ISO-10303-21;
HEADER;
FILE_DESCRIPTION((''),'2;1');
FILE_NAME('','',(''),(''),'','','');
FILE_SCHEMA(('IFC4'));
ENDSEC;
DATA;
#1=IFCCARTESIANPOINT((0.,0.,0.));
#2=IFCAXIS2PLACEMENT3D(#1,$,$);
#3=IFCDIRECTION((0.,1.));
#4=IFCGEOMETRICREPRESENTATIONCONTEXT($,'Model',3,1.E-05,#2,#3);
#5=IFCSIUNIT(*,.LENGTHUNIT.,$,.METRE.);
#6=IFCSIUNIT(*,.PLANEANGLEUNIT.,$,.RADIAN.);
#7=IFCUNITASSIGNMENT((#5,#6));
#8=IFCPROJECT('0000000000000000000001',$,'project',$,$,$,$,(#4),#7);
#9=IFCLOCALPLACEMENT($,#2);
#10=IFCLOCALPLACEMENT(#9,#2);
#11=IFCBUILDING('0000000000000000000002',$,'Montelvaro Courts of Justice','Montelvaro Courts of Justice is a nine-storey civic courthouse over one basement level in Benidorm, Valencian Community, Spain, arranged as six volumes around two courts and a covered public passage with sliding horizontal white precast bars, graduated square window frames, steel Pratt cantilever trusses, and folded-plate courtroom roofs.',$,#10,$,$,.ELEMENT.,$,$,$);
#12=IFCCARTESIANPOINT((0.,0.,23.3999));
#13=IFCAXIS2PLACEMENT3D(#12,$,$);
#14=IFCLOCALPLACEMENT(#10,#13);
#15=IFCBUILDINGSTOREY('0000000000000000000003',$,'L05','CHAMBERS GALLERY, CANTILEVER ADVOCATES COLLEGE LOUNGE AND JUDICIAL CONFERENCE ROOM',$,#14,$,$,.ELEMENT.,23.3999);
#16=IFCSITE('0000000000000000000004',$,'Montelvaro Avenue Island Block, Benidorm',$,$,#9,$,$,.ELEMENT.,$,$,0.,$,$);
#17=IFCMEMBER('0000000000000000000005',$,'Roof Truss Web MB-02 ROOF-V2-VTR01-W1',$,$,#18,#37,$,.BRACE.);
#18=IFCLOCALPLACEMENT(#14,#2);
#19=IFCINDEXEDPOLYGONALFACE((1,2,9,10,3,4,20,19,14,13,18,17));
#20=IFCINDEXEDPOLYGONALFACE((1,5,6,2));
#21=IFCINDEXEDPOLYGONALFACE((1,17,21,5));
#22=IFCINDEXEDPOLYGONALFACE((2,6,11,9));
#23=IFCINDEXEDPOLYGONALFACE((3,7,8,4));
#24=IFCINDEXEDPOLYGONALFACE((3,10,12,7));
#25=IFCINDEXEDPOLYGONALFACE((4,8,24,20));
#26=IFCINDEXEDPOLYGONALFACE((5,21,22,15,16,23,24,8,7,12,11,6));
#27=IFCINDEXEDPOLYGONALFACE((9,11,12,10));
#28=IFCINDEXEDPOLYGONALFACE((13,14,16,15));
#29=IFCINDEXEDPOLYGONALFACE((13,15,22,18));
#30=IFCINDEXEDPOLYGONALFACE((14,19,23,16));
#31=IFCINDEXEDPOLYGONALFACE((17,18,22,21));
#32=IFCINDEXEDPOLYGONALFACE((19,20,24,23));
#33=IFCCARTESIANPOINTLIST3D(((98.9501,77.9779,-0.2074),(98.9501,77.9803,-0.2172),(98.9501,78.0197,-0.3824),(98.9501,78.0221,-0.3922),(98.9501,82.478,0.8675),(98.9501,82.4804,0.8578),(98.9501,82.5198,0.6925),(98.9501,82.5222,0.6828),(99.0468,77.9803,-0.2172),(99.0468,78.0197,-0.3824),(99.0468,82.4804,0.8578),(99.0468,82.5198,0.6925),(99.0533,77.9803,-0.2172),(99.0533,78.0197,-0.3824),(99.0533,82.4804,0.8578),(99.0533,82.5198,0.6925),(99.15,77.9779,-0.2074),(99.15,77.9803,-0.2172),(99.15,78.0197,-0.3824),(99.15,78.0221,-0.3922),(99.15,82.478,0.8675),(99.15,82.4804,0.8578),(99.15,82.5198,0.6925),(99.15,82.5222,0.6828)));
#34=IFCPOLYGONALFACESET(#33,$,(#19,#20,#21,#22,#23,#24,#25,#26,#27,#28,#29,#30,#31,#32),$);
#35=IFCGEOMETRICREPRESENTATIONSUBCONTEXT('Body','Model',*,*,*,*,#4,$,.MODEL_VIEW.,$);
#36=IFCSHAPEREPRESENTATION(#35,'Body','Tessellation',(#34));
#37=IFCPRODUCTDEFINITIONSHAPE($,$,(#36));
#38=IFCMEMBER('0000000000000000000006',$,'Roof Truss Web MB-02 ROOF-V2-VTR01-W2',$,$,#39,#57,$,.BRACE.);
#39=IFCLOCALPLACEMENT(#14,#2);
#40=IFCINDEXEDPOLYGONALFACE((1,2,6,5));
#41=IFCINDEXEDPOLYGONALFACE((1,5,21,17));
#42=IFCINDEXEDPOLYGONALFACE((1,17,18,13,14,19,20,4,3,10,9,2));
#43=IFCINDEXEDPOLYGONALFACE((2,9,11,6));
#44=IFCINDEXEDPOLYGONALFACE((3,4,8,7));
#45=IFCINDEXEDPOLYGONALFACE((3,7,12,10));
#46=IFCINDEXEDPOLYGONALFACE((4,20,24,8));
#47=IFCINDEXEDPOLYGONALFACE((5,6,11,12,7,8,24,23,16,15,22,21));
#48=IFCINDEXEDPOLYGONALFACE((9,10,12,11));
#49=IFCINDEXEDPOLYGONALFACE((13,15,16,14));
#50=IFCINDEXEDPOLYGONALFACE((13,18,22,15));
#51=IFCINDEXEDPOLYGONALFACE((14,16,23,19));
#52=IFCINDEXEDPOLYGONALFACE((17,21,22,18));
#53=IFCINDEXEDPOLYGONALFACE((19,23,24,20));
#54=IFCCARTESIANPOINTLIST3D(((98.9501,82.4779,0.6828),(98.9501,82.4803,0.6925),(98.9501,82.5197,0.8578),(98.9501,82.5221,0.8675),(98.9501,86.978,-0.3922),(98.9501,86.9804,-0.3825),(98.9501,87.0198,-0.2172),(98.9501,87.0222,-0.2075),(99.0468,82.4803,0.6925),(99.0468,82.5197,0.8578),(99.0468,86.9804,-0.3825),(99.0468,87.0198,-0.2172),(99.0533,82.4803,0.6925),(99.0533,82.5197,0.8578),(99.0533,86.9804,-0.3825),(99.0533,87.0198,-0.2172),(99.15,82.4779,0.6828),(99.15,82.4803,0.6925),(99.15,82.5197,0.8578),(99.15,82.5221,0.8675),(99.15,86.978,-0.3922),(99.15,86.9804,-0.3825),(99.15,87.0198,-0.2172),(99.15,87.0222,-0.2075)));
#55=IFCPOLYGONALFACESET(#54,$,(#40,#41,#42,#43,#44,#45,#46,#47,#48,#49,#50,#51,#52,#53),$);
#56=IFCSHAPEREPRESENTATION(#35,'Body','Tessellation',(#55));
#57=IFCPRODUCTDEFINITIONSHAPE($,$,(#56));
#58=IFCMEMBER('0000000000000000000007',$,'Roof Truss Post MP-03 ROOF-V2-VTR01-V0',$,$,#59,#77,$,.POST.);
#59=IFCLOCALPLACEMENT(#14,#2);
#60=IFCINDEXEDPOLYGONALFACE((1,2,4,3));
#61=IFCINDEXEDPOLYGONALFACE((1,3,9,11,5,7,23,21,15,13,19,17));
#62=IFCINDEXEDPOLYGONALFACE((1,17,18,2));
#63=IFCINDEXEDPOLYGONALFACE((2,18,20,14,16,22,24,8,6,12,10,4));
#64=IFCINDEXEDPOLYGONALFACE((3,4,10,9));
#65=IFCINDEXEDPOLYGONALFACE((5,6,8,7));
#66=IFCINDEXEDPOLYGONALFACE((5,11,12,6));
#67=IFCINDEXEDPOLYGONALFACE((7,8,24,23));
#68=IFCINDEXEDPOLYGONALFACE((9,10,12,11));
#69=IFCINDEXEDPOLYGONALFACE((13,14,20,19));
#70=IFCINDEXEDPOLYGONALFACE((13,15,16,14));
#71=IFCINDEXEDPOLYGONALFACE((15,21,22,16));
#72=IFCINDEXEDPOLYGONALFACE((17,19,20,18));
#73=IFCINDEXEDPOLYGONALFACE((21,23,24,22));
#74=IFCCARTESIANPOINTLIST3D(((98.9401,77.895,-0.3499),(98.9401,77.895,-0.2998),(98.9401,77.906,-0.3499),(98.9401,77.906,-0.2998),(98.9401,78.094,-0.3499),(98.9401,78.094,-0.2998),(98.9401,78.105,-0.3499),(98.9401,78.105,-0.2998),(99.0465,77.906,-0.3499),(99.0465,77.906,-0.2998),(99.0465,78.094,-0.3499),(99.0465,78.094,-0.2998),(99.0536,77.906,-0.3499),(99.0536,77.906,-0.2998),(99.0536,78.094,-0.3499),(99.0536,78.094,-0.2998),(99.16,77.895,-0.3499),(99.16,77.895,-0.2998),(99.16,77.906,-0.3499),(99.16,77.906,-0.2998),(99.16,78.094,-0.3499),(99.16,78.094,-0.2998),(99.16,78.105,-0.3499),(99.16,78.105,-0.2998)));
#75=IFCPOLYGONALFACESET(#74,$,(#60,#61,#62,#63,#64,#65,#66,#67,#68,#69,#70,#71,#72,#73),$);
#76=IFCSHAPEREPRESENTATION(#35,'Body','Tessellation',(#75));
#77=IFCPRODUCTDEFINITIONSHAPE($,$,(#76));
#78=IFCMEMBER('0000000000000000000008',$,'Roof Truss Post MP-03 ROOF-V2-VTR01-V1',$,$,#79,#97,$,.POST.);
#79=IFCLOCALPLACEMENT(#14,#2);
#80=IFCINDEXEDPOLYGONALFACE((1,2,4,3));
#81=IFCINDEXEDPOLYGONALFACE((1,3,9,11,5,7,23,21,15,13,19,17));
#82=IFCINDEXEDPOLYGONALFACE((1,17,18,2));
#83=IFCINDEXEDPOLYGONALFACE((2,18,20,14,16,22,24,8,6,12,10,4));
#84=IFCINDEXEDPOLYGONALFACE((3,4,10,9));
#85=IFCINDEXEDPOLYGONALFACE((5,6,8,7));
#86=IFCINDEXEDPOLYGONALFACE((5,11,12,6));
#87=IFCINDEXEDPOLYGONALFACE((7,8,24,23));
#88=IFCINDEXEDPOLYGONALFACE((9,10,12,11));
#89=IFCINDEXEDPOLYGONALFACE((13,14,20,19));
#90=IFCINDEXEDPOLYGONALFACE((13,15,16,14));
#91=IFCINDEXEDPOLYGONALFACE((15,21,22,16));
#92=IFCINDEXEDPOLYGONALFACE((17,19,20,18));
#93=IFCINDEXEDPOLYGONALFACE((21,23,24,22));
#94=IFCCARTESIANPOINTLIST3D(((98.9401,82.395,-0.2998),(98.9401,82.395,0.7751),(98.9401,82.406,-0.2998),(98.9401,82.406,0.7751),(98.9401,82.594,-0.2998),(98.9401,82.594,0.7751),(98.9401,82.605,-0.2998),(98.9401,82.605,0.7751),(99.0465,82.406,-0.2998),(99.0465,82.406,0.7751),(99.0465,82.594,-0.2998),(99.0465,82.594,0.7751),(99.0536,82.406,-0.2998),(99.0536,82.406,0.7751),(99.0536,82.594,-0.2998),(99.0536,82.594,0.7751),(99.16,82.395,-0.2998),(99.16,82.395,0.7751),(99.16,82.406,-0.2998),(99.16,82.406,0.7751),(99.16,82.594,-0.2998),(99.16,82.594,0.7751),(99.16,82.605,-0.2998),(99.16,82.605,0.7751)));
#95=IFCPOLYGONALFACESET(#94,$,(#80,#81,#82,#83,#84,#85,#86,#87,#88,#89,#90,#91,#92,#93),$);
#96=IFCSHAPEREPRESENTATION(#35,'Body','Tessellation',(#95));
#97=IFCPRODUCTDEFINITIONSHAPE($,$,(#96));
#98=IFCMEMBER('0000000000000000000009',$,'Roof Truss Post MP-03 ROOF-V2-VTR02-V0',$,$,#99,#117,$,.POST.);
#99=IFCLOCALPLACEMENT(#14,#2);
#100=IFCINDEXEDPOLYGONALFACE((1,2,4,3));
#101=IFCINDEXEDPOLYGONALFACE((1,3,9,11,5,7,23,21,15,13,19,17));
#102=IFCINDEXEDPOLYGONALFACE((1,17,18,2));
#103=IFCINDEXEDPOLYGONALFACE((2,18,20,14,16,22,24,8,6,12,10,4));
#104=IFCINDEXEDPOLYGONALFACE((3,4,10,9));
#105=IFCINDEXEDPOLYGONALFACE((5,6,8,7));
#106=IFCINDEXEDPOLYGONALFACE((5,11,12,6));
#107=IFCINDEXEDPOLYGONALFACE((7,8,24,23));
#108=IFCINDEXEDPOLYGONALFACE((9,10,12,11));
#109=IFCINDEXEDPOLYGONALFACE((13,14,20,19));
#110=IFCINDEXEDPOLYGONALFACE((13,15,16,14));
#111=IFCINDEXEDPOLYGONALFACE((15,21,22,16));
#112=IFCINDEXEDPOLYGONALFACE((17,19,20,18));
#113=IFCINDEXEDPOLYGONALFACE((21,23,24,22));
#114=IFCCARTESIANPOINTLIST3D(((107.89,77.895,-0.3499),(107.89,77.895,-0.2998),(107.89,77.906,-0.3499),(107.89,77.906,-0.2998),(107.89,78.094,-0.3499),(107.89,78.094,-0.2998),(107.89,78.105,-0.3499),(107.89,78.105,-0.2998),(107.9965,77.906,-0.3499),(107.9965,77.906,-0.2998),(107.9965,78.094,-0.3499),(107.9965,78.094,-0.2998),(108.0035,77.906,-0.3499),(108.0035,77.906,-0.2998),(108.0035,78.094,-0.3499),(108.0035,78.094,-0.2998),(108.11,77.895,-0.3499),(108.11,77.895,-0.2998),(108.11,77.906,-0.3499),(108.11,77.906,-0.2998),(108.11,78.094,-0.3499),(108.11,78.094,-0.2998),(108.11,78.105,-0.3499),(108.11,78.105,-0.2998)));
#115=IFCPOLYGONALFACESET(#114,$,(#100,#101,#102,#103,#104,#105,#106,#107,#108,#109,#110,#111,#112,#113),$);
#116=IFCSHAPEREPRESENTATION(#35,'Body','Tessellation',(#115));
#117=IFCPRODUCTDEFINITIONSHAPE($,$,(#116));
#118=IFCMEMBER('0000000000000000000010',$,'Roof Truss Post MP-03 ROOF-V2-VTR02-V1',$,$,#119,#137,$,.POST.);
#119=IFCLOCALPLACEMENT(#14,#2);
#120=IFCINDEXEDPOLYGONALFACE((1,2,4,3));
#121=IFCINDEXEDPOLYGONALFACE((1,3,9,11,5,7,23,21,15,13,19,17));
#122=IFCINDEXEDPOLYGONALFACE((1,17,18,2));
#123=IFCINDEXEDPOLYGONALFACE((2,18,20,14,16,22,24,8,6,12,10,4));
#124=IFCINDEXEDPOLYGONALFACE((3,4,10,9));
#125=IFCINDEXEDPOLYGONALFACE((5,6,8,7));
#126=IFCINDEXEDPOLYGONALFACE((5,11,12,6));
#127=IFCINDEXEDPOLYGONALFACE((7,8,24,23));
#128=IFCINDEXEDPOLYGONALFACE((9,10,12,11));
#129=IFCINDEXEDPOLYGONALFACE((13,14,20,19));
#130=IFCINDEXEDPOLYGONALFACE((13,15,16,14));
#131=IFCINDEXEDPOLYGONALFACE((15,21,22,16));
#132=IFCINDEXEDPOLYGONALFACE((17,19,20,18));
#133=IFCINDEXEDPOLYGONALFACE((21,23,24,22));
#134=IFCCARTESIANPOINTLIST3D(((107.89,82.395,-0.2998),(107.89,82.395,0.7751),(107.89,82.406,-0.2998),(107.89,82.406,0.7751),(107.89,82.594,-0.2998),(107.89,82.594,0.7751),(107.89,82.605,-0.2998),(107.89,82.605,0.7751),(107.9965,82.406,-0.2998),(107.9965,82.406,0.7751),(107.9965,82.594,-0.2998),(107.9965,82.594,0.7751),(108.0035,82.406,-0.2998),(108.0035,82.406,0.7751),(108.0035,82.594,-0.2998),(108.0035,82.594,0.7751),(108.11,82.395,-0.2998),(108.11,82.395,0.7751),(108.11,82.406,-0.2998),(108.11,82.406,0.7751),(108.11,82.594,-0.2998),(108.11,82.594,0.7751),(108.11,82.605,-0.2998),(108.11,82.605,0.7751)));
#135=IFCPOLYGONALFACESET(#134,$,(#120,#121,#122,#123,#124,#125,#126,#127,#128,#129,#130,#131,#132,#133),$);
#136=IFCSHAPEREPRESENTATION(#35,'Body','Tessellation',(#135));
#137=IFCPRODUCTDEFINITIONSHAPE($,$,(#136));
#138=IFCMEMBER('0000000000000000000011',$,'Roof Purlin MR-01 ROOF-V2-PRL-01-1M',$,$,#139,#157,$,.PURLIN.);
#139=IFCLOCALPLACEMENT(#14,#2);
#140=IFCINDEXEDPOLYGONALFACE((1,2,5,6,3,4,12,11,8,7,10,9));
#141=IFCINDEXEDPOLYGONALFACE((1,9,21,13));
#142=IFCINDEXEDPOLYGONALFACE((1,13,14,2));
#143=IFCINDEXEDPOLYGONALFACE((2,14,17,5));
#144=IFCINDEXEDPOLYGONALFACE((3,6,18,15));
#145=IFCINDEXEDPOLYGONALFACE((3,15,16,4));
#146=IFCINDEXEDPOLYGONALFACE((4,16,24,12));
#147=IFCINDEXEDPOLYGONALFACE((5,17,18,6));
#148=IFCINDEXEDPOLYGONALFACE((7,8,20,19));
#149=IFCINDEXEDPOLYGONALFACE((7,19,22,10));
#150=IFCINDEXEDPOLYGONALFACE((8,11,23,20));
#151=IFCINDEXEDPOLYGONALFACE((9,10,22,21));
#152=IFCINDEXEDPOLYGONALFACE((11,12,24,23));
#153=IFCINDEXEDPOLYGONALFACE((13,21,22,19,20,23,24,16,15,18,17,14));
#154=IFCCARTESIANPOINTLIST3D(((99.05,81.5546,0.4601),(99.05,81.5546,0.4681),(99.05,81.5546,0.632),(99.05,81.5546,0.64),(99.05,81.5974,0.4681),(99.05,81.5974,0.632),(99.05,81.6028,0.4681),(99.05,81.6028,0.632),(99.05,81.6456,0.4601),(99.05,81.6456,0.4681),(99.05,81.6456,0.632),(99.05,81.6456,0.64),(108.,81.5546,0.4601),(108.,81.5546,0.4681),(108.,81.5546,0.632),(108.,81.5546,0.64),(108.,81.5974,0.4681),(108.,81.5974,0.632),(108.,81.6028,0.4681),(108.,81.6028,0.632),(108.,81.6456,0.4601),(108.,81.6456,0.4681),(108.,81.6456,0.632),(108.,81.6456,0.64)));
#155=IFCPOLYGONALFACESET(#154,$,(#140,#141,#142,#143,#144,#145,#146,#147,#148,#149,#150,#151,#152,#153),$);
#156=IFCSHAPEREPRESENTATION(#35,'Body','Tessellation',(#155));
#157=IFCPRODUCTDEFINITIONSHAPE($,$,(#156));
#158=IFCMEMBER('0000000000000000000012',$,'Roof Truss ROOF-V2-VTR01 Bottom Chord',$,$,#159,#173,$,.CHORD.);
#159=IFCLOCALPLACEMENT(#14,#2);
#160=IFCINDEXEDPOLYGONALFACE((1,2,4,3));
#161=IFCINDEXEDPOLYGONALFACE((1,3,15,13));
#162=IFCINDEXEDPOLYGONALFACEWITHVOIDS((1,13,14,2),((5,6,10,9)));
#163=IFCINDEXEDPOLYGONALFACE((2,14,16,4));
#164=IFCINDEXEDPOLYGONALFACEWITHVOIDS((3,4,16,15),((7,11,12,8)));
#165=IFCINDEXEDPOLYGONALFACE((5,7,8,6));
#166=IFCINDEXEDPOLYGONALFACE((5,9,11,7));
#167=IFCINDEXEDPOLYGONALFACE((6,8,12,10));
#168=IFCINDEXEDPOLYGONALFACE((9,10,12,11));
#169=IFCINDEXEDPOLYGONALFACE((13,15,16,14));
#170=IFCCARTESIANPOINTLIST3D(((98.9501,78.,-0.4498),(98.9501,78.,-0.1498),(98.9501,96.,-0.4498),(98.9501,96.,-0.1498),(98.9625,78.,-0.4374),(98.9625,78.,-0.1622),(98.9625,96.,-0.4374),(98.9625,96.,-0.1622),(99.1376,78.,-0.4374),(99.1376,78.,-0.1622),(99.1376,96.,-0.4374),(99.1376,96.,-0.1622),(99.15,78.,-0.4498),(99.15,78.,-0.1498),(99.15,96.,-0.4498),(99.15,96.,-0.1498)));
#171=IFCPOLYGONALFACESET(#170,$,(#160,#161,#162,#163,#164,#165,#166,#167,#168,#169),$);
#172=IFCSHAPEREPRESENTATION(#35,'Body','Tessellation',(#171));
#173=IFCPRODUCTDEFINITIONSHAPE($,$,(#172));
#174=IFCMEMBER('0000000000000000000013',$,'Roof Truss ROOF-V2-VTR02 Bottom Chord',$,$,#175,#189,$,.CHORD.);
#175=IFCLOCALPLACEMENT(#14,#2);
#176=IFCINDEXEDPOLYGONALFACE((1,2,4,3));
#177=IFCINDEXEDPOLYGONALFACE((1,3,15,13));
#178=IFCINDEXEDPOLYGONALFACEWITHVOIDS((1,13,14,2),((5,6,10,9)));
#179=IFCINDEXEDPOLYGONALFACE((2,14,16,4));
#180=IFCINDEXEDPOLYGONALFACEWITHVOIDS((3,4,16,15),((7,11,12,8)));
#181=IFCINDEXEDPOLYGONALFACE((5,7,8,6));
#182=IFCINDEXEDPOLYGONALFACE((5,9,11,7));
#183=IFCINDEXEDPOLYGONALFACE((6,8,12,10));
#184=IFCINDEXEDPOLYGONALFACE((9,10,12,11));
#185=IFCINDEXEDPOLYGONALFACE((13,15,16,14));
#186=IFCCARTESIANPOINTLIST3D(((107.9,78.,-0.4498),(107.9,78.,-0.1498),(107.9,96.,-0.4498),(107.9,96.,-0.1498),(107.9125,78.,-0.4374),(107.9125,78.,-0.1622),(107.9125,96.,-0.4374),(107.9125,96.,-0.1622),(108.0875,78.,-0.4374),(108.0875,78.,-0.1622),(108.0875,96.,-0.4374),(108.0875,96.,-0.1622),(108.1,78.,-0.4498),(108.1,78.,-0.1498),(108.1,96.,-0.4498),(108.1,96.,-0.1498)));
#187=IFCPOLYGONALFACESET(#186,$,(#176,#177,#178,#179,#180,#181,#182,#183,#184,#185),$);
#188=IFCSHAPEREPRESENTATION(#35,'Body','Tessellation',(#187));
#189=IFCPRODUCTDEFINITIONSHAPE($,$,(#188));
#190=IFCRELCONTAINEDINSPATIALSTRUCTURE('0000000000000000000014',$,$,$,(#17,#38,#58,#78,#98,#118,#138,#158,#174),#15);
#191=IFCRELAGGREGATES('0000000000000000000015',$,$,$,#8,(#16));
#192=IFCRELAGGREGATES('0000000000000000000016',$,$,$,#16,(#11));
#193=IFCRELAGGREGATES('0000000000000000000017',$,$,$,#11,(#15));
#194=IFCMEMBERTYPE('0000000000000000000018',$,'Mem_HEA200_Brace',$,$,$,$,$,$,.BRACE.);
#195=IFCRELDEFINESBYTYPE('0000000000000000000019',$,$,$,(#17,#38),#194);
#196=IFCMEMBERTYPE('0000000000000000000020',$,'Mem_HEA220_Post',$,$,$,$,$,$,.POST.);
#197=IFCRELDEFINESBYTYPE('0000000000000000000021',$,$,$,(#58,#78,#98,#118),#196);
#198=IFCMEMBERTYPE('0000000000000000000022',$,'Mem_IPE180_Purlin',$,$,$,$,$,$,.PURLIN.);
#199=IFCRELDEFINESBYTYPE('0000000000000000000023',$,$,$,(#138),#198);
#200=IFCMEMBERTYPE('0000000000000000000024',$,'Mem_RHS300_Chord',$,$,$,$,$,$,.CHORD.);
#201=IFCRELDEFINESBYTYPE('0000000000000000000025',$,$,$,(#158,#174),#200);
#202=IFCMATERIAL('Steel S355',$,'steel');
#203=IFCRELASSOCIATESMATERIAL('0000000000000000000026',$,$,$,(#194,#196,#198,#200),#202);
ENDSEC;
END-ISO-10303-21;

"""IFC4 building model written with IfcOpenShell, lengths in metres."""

from ifc_helpers import new_model, si_unit, direction, frame, origin, origin_2d, place, context, subcontext, project, spatial, hollow_rectangle, i_section, extrude, material, material_profile, profile_set, type_object, element, save


model = new_model("IFC4")

# Units and contexts
model_context = context("Model", 3, precision=1e-05, world=origin(), true_north=direction((0.0, 1.0)))
body_context = subcontext(model_context, "Body", "Model", "MODEL_VIEW")
ifc_project = project(units=[si_unit("LENGTHUNIT", "METRE"), si_unit("PLANEANGLEUNIT", "RADIAN")], contexts=[model_context])

# Site, building, storey
site_placement = place(None, origin())
site = spatial("IfcSite", under=ifc_project, at=site_placement, Name="Montelvaro Avenue Island Block, Benidorm", CompositionType="ELEMENT", RefElevation=0.0)
building_placement = place(site_placement, origin())
building = spatial("IfcBuilding", under=site, at=building_placement, Name="Montelvaro Courts of Justice", Description="Montelvaro Courts of Justice is a nine-storey civic courthouse over one basement level in Benidorm, Valencian Community, Spain, arranged as six volumes around two courts and a covered public passage with sliding horizontal white precast bars, graduated square window frames, steel Pratt cantilever trusses, and folded-plate courtroom roofs.", CompositionType="ELEMENT")
storey_placement = place(building_placement, frame((0.0, 0.0, 23.3999)))
storey = spatial("IfcBuildingStorey", under=building, at=storey_placement, Name="L05", Description="CHAMBERS GALLERY, CANTILEVER ADVOCATES COLLEGE LOUNGE AND JUDICIAL CONFERENCE ROOM", CompositionType="ELEMENT", Elevation=23.3999)

# Members
ifc_material_1 = material(Name="Steel S355", Category="steel")
ifc_material_profile_1 = material_profile(ifc_material_1, i_section(OverallWidth=0.2, OverallDepth=0.1899, WebThickness=0.0066, FlangeThickness=0.01, at=origin_2d()), Name="HEA 200")
ifc_profile_set_1 = profile_set([ifc_material_profile_1], Name="Steel S355")
member_type_1 = type_object("IfcMemberType", Name="Mem_HEA200_Brace", PredefinedType="BRACE", material=ifc_profile_set_1)
for number, where, z_axis, x_axis, name in (
    (1, (99.05, 78.0, -0.2998), (0.0, 0.972634, 0.232341), (-1.0, 0.0, 0.0), "Roof Truss Web MB-02 ROOF-V2-VTR01-W1"),
    (2, (99.05, 82.5, 0.7751), (0.0, 0.972634, -0.232341), (-1.0, 0.0, 0.0), "Roof Truss Web MB-02 ROOF-V2-VTR01-W2"),
):
    element("IfcMember", number, at=place(storey_placement, frame(where, z_axis=z_axis, x_axis=x_axis)), inside=storey, type_object=member_type_1, Name=name, PredefinedType="BRACE", context=body_context, shape_type="SweptSolid", body=[
        extrude(i_section(OverallWidth=0.2, OverallDepth=0.1899, WebThickness=0.0066, FlangeThickness=0.01, at=origin_2d()), origin(), (0.0, 0.0, 1.0), 4.6267),
    ])
ifc_material_profile_2 = material_profile(ifc_material_1, i_section(OverallWidth=0.22, OverallDepth=0.21, WebThickness=0.0071, FlangeThickness=0.011, at=origin_2d()), Name="HEA 220")
ifc_profile_set_2 = profile_set([ifc_material_profile_2], Name="Steel S355")
member_type_2 = type_object("IfcMemberType", Name="Mem_HEA220_Post", PredefinedType="POST", material=ifc_profile_set_2)
member_1_placement = place(storey_placement, frame((99.05, 78.0, -0.2998), z_axis=(0.0, 0.0, -1.0), x_axis=(1.0, 0.0, 0.0)))
element("IfcMember", 3, at=member_1_placement, inside=storey, type_object=member_type_2, Name="Roof Truss Post MP-03 ROOF-V2-VTR01-V0", PredefinedType="POST", context=body_context, shape_type="SweptSolid", body=[
    extrude(i_section(OverallWidth=0.22, OverallDepth=0.21, WebThickness=0.0071, FlangeThickness=0.011, at=origin_2d()), origin(), (0.0, 0.0, 1.0), 0.05),
])
member_2_placement = place(storey_placement, frame((99.05, 82.5, -0.2998), z_axis=(0.0, 0.0, 1.0), x_axis=(1.0, 0.0, 0.0)))
element("IfcMember", 4, at=member_2_placement, inside=storey, type_object=member_type_2, Name="Roof Truss Post MP-03 ROOF-V2-VTR01-V1", PredefinedType="POST", context=body_context, shape_type="SweptSolid", body=[
    extrude(i_section(OverallWidth=0.22, OverallDepth=0.21, WebThickness=0.0071, FlangeThickness=0.011, at=origin_2d()), origin(), (0.0, 0.0, 1.0), 1.075),
])
member_3_placement = place(storey_placement, frame((108.0, 78.0, -0.2998), z_axis=(0.0, 0.0, -1.0), x_axis=(1.0, 0.0, 0.0)))
element("IfcMember", 5, at=member_3_placement, inside=storey, type_object=member_type_2, Name="Roof Truss Post MP-03 ROOF-V2-VTR02-V0", PredefinedType="POST", context=body_context, shape_type="SweptSolid", body=[
    extrude(i_section(OverallWidth=0.22, OverallDepth=0.21, WebThickness=0.0071, FlangeThickness=0.011, at=origin_2d()), origin(), (0.0, 0.0, 1.0), 0.05),
])
member_4_placement = place(storey_placement, frame((108.0, 82.5, -0.2998), z_axis=(0.0, 0.0, 1.0), x_axis=(1.0, 0.0, 0.0)))
element("IfcMember", 6, at=member_4_placement, inside=storey, type_object=member_type_2, Name="Roof Truss Post MP-03 ROOF-V2-VTR02-V1", PredefinedType="POST", context=body_context, shape_type="SweptSolid", body=[
    extrude(i_section(OverallWidth=0.22, OverallDepth=0.21, WebThickness=0.0071, FlangeThickness=0.011, at=origin_2d()), origin(), (0.0, 0.0, 1.0), 1.075),
])
ifc_material_profile_3 = material_profile(ifc_material_1, i_section(OverallWidth=0.0911, OverallDepth=0.1799, WebThickness=0.0054, FlangeThickness=0.0081, at=origin_2d()), Name="IPE 180")
ifc_profile_set_3 = profile_set([ifc_material_profile_3], Name="Steel S355")
member_type_3 = type_object("IfcMemberType", Name="Mem_IPE180_Purlin", PredefinedType="PURLIN", material=ifc_profile_set_3)
member_5_placement = place(storey_placement, frame((99.05, 81.6001, 0.55), z_axis=(1.0, 0.0, 0.0), x_axis=(0.0, 1.0, 0.0)))
element("IfcMember", 7, at=member_5_placement, inside=storey, type_object=member_type_3, Name="Roof Purlin MR-01 ROOF-V2-PRL-01-1M", PredefinedType="PURLIN", context=body_context, shape_type="SweptSolid", body=[
    extrude(i_section(OverallWidth=0.0911, OverallDepth=0.1799, WebThickness=0.0054, FlangeThickness=0.0081, at=origin_2d()), origin(), (0.0, 0.0, 1.0), 8.95),
])
ifc_material_profile_4 = material_profile(ifc_material_1, hollow_rectangle(XDim=0.2, YDim=0.3, WallThickness=0.0125, at=origin_2d()), Name="RHS 300x200x12.5")
ifc_profile_set_4 = profile_set([ifc_material_profile_4], Name="Steel S355")
member_type_4 = type_object("IfcMemberType", Name="Mem_RHS300_Chord", PredefinedType="CHORD", material=ifc_profile_set_4)
for number, where, z_axis, x_axis, name in (
    (8, (99.05, 78.0, -0.2998), (0.0, 1.0, 0.0), (-1.0, 0.0, 0.0), "Roof Truss ROOF-V2-VTR01 Bottom Chord"),
    (9, (108.0, 78.0, -0.2998), (0.0, 1.0, 0.0), (-1.0, 0.0, 0.0), "Roof Truss ROOF-V2-VTR02 Bottom Chord"),
):
    element("IfcMember", number, at=place(storey_placement, frame(where, z_axis=z_axis, x_axis=x_axis)), inside=storey, type_object=member_type_4, Name=name, PredefinedType="CHORD", context=body_context, shape_type="SweptSolid", body=[
        extrude(hollow_rectangle(XDim=0.2, YDim=0.3, WallThickness=0.0125, at=origin_2d()), origin(), (0.0, 0.0, 1.0), 18.0),
    ])

save(model, "model.ifc")
